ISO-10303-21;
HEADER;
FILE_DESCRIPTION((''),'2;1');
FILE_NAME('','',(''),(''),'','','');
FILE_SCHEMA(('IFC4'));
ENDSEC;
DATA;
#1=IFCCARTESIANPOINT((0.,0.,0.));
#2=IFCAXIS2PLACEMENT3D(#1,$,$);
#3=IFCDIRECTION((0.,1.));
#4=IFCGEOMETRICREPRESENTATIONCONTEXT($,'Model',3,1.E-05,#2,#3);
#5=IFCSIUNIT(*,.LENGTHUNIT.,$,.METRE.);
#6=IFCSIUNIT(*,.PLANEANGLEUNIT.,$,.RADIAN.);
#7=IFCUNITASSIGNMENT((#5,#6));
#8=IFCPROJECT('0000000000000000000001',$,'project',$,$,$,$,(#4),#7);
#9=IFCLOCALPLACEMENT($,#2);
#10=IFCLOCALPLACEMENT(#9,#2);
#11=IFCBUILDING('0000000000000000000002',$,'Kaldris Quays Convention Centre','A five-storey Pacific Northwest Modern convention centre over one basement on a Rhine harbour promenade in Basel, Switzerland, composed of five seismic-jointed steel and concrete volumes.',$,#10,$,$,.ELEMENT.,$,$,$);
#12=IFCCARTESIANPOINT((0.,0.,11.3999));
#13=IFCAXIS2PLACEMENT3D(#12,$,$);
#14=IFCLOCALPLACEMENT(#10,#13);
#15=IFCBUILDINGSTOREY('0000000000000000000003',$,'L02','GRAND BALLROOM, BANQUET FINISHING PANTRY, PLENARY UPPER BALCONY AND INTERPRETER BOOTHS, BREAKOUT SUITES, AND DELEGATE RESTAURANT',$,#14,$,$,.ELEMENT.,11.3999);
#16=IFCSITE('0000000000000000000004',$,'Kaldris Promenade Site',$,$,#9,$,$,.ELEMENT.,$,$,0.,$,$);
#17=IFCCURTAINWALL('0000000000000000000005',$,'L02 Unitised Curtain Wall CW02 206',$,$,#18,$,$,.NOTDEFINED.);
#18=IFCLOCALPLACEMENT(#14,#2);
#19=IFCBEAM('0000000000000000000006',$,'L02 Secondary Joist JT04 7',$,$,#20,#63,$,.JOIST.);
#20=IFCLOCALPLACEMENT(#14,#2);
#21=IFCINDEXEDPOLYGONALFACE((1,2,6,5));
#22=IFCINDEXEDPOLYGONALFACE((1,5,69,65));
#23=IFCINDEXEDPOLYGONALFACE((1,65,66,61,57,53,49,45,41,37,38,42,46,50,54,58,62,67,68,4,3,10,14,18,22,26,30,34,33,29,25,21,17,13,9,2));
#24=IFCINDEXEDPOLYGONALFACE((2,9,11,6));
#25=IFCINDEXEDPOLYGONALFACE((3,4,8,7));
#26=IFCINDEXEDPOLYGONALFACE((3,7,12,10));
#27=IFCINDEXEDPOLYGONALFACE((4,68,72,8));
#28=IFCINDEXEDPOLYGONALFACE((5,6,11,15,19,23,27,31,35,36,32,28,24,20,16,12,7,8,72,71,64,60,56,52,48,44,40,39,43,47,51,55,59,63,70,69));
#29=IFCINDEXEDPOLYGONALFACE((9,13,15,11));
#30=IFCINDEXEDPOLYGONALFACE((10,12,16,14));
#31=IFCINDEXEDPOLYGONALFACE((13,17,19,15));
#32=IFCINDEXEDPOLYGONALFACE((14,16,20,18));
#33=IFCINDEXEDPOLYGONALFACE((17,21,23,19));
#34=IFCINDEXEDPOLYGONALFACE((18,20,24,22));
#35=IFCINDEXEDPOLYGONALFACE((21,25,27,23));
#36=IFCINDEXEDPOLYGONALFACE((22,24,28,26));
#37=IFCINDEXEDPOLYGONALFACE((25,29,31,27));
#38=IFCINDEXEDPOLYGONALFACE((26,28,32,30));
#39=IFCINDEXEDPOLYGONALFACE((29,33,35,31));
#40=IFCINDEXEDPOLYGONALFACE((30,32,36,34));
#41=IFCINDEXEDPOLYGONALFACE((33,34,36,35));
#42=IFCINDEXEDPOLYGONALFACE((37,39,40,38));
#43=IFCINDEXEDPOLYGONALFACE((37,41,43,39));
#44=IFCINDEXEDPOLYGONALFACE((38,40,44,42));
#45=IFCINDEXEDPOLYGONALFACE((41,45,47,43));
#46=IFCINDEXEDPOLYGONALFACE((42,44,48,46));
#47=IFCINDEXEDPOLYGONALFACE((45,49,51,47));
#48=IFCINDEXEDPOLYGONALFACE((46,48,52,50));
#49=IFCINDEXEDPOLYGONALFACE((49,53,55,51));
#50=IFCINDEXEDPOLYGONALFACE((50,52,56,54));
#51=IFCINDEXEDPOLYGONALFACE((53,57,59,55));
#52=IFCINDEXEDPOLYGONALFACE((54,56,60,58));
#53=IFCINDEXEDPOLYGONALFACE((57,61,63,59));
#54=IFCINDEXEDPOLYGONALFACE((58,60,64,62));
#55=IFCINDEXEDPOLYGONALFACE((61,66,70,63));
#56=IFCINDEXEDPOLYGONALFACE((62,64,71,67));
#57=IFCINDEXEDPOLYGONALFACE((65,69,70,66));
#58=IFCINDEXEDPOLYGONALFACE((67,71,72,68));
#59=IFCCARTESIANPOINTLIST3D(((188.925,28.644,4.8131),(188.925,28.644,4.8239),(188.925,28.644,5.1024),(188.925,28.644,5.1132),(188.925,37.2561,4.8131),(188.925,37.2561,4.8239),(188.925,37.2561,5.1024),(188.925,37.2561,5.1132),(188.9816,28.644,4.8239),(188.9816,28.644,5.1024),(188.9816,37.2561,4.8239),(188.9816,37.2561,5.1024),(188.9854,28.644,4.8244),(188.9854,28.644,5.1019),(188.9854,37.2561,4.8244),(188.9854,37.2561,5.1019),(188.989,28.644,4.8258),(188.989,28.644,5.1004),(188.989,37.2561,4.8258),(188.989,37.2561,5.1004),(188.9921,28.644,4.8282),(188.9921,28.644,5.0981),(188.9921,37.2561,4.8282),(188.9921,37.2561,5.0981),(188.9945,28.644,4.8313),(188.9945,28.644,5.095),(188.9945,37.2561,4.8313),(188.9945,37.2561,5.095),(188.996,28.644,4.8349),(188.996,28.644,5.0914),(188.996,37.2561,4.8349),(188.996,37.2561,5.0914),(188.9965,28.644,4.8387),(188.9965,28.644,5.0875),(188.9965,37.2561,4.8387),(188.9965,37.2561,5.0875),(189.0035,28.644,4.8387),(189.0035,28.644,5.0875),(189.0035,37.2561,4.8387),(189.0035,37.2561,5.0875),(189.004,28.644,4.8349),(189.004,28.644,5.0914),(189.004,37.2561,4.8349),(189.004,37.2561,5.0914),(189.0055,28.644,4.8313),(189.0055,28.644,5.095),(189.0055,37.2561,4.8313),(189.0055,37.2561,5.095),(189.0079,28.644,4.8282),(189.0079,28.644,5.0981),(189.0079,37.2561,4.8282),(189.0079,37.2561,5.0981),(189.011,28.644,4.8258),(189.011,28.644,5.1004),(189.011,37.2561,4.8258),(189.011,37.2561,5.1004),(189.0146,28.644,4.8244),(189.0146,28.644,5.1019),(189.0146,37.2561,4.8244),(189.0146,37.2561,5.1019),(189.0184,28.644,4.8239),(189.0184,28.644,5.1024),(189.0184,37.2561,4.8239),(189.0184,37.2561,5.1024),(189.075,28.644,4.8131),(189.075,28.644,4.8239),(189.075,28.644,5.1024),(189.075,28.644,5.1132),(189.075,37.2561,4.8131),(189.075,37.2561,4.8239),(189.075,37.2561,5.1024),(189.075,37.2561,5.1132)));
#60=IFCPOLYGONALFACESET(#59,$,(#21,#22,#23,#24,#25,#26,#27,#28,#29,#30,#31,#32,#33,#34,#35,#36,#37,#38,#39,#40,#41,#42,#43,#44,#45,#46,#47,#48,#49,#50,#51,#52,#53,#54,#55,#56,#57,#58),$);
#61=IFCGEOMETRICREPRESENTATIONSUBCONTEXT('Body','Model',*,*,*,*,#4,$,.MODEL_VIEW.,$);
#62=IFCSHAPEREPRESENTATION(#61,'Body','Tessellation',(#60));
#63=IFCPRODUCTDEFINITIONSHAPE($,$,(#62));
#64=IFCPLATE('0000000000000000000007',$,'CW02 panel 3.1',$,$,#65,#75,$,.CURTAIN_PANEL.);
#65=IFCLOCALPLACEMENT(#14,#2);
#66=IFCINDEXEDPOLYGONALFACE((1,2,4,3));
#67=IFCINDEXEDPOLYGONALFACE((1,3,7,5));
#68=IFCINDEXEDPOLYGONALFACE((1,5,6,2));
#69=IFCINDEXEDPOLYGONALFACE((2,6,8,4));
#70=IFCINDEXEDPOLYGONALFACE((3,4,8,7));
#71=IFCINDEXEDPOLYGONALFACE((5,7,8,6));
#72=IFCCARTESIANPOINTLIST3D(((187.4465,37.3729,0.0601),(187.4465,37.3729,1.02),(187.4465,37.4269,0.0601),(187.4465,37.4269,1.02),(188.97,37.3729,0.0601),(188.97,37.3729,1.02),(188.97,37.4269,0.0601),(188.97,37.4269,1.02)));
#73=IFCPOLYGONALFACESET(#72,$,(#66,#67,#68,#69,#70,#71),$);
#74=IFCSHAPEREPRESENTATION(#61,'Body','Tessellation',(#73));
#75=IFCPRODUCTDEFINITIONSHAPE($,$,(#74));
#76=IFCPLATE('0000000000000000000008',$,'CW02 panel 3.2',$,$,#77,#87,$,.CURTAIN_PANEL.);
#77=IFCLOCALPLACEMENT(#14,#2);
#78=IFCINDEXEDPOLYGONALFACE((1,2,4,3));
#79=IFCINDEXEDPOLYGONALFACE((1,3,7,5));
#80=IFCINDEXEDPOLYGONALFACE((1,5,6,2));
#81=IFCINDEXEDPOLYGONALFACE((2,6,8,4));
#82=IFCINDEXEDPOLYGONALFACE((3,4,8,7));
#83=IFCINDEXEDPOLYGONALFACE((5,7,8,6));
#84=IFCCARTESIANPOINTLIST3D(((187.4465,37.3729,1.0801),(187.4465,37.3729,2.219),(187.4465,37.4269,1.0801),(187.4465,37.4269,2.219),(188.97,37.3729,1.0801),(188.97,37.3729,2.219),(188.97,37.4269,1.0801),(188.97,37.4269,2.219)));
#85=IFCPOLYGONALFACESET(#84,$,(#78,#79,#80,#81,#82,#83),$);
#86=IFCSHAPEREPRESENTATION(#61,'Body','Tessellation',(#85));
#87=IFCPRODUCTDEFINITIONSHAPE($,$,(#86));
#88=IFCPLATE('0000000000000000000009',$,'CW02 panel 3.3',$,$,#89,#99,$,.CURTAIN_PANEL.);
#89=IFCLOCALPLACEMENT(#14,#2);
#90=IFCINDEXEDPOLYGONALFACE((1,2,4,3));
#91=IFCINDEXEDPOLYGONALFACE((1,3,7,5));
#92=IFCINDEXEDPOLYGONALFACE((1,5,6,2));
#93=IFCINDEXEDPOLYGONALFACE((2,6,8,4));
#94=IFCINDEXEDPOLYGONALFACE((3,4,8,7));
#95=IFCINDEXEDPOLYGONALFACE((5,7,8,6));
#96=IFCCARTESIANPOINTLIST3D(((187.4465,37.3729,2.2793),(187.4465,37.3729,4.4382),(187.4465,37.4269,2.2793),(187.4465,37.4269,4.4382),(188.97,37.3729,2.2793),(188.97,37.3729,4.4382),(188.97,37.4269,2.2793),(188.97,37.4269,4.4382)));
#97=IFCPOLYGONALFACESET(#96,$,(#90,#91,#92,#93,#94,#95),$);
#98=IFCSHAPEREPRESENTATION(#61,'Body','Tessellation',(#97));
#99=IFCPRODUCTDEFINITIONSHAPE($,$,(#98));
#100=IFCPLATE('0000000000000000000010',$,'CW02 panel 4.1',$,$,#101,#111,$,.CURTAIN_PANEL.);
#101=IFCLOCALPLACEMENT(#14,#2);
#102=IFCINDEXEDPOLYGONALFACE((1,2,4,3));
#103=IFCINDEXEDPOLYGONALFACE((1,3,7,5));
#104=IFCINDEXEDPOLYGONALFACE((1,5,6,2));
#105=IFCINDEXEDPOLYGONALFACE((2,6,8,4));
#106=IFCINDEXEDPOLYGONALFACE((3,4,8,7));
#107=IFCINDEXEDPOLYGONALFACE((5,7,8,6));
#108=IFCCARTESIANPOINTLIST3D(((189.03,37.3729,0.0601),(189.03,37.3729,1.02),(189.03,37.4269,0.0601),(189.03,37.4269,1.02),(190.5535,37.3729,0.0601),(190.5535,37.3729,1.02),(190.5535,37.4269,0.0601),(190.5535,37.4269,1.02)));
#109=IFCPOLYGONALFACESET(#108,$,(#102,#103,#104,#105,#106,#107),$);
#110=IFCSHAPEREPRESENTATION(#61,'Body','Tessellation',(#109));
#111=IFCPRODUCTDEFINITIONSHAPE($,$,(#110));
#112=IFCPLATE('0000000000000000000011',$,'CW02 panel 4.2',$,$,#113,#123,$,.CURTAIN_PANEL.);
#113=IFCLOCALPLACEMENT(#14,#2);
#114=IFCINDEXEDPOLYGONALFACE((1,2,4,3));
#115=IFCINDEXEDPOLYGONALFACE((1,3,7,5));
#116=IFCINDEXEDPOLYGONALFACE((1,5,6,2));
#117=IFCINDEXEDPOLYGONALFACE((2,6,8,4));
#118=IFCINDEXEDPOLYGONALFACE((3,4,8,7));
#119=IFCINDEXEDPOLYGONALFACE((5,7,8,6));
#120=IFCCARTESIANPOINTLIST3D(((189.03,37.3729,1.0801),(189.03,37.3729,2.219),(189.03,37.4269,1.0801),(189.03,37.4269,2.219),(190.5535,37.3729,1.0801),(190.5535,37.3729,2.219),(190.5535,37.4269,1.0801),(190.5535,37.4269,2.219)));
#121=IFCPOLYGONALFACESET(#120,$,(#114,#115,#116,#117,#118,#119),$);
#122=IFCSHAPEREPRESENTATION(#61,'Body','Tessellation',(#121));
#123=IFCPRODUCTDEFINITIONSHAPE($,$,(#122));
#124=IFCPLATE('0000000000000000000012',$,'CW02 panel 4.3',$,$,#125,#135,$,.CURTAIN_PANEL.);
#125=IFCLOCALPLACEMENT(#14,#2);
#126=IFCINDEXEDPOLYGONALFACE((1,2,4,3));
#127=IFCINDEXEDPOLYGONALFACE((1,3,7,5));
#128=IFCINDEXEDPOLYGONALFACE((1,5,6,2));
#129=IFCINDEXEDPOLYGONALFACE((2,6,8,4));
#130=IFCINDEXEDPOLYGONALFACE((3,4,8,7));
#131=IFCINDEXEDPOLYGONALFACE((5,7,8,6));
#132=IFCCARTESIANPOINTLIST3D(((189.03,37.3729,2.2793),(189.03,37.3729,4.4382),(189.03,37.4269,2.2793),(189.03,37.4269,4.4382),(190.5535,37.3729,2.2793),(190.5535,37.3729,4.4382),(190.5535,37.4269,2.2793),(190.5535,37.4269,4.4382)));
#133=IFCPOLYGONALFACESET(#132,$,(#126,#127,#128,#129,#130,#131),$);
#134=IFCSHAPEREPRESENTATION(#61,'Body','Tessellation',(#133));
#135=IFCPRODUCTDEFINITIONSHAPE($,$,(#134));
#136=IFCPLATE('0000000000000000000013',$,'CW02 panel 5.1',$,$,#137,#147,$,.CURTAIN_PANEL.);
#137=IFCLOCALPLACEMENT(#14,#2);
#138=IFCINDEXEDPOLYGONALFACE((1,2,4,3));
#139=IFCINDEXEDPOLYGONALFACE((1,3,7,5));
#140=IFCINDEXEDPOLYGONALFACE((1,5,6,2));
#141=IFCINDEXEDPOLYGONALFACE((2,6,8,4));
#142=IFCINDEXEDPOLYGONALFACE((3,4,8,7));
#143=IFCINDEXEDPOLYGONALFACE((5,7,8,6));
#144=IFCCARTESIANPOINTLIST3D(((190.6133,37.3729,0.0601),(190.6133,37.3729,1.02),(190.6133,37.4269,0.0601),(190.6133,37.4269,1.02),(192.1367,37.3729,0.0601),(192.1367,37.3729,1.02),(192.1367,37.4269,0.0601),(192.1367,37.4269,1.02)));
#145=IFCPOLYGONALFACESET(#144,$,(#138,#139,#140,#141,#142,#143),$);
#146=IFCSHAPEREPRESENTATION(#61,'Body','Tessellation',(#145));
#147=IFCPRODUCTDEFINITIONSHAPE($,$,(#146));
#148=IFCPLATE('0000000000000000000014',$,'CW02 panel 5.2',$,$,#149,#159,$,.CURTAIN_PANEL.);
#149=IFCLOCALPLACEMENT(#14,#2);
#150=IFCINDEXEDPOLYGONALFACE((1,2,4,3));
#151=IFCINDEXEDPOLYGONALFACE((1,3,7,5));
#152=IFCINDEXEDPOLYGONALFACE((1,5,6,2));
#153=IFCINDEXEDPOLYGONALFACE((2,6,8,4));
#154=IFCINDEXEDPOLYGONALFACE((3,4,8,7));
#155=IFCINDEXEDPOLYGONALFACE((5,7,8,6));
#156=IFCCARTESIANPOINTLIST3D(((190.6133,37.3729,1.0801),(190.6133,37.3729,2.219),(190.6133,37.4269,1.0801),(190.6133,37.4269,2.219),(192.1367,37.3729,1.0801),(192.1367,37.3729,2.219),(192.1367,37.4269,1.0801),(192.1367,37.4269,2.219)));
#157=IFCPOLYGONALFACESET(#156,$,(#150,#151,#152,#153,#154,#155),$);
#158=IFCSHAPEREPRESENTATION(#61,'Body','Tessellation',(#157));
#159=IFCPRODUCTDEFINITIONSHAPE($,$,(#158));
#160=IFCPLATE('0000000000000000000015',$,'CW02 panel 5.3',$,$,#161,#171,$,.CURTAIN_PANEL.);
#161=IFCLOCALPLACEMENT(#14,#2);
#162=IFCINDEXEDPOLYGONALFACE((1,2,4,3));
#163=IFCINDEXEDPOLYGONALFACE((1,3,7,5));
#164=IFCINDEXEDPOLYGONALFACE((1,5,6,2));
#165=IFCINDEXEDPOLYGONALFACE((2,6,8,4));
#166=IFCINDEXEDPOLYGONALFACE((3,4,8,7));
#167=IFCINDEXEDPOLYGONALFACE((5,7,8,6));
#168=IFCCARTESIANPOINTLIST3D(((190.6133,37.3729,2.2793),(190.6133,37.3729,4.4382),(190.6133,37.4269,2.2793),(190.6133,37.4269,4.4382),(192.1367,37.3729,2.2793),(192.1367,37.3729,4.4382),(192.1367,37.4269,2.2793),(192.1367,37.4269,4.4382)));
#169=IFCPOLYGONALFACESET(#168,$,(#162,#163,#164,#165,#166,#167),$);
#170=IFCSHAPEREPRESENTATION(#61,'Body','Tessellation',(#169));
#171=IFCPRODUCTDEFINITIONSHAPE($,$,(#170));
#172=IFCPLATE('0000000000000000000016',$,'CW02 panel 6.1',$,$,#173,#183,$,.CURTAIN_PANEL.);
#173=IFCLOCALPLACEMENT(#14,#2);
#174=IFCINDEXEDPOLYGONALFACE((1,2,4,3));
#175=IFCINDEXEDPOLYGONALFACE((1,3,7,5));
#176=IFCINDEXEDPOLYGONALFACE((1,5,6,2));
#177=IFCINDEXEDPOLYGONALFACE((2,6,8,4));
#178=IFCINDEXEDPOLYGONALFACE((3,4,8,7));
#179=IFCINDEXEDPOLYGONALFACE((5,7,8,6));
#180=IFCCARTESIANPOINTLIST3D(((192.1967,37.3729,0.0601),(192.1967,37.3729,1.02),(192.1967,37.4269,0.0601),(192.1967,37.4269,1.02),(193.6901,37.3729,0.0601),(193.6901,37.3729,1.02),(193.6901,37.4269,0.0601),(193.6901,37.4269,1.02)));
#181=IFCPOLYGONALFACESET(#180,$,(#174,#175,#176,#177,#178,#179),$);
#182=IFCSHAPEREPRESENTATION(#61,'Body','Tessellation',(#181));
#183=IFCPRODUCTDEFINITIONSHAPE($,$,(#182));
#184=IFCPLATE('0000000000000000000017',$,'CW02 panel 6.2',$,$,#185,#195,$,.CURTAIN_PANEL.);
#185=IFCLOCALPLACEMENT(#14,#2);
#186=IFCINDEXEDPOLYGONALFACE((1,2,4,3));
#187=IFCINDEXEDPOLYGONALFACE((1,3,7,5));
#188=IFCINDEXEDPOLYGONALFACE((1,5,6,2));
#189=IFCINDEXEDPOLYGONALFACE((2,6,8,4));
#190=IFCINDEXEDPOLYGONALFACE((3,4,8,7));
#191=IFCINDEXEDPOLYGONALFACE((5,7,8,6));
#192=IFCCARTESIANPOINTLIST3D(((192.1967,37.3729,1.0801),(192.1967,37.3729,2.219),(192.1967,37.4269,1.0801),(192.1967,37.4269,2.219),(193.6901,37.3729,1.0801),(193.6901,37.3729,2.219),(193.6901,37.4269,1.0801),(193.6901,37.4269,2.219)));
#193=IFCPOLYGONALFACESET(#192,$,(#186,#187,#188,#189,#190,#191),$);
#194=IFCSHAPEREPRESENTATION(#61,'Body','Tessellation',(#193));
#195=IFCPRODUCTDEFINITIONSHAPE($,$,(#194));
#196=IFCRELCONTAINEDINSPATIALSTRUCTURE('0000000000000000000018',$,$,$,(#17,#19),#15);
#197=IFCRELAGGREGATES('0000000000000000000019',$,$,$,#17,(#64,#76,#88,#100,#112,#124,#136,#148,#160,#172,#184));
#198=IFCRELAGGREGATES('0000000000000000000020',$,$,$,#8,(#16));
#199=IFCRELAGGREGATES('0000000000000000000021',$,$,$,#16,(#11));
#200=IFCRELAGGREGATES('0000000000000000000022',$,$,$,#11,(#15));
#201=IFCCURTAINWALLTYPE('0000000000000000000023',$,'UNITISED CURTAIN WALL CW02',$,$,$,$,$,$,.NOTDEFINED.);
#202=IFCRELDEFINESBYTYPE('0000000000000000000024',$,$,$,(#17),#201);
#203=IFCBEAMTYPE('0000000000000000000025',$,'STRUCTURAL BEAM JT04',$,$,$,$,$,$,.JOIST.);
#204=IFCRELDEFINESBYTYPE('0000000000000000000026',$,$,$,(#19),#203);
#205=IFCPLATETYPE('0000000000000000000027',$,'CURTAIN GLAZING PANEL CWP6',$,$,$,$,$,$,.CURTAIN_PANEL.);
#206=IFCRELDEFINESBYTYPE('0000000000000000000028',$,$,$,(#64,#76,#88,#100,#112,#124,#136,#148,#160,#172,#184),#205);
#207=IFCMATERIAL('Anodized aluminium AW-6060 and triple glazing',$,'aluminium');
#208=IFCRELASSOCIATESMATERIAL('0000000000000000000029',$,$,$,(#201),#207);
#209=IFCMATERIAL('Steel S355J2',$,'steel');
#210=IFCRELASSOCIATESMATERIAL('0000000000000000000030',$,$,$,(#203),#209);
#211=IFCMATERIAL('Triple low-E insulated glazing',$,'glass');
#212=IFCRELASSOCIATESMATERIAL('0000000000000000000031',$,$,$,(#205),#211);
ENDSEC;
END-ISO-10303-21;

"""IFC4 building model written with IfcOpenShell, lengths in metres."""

from ifc_helpers import new_model, si_unit, direction, frame, origin, origin_2d, place, context, subcontext, project, spatial, rectangle, i_section, extrude, material, material_profile, profile_set, type_object, element, aggregate, save


model = new_model("IFC4")

# Units and contexts
model_context = context("Model", 3, precision=1e-05, world=origin(), true_north=direction((0.0, 1.0)))
body_context = subcontext(model_context, "Body", "Model", "MODEL_VIEW")
ifc_project = project(units=[si_unit("LENGTHUNIT", "METRE"), si_unit("PLANEANGLEUNIT", "RADIAN")], contexts=[model_context])

# Site, building, storey
site_placement = place(None, origin())
site = spatial("IfcSite", under=ifc_project, at=site_placement, Name="Kaldris Promenade Site", CompositionType="ELEMENT", RefElevation=0.0)
building_placement = place(site_placement, origin())
building = spatial("IfcBuilding", under=site, at=building_placement, Name="Kaldris Quays Convention Centre", Description="A five-storey Pacific Northwest Modern convention centre over one basement on a Rhine harbour promenade in Basel, Switzerland, composed of five seismic-jointed steel and concrete volumes.", CompositionType="ELEMENT")
storey_placement = place(building_placement, frame((0.0, 0.0, 11.3999)))
storey = spatial("IfcBuildingStorey", under=building, at=storey_placement, Name="L02", Description="GRAND BALLROOM, BANQUET FINISHING PANTRY, PLENARY UPPER BALCONY AND INTERPRETER BOOTHS, BREAKOUT SUITES, AND DELEGATE RESTAURANT", CompositionType="ELEMENT", Elevation=11.3999)

# Curtain wall
ifc_material_1 = material(Name="Anodized aluminium AW-6060 and triple glazing", Category="aluminium")
curtain_wall_type = type_object("IfcCurtainWallType", Name="UNITISED CURTAIN WALL CW02", PredefinedType="NOTDEFINED", material=ifc_material_1)
curtain_wall_placement = place(storey_placement, origin())
curtain_wall = element("IfcCurtainWall", 1, at=curtain_wall_placement, inside=storey, type_object=curtain_wall_type, Name="L02 Unitised Curtain Wall CW02 206", PredefinedType="NOTDEFINED")

# Beam
ifc_material_2 = material(Name="Steel S355J2", Category="steel")
ifc_material_profile_1 = material_profile(ifc_material_2, i_section(OverallWidth=0.1499, OverallDepth=0.3, WebThickness=0.0071, FlangeThickness=0.0107, FilletRadius=0.0149, at=origin_2d()), Name="IPE 300")
ifc_profile_set_1 = profile_set([ifc_material_profile_1], Name="Steel S355J2")
beam_type = type_object("IfcBeamType", Name="STRUCTURAL BEAM JT04", PredefinedType="JOIST", material=ifc_profile_set_1)
beam_placement = place(storey_placement, frame((189.0, 28.644, 4.9631), z_axis=(0.0, 1.0, 0.0), x_axis=(-1.0, 0.0, 0.0)))
element("IfcBeam", 2, at=beam_placement, inside=storey, type_object=beam_type, Name="L02 Secondary Joist JT04 7", PredefinedType="JOIST", context=body_context, shape_type="SweptSolid", body=[
    extrude(i_section(OverallWidth=0.1499, OverallDepth=0.3, WebThickness=0.0071, FlangeThickness=0.0107, FilletRadius=0.0149, at=origin_2d()), origin(), (0.0, 0.0, 1.0), 8.6121),
])

# Plates
ifc_material_3 = material(Name="Triple low-E insulated glazing", Category="glass")
plate_type = type_object("IfcPlateType", Name="CURTAIN GLAZING PANEL CWP6", PredefinedType="CURTAIN_PANEL", material=ifc_material_3)
plate_1_placement = place(storey_placement, frame((188.2083, 37.3999, 0.0601), z_axis=(0.0, 0.0, 1.0), x_axis=(1.0, 0.0, 0.0)))
plate_1 = element("IfcPlate", 3, at=plate_1_placement, type_object=plate_type, Name="CW02 panel 3.1", PredefinedType="CURTAIN_PANEL", context=body_context, shape_type="SweptSolid", body=[
    extrude(rectangle(XDim=1.5234, YDim=0.054, at=origin_2d()), origin(), (0.0, 0.0, 1.0), 0.96),
])
plate_2_placement = place(storey_placement, frame((188.2083, 37.3999, 1.0801), z_axis=(0.0, 0.0, 1.0), x_axis=(1.0, 0.0, 0.0)))
plate_2 = element("IfcPlate", 4, at=plate_2_placement, type_object=plate_type, Name="CW02 panel 3.2", PredefinedType="CURTAIN_PANEL", context=body_context, shape_type="SweptSolid", body=[
    extrude(rectangle(XDim=1.5234, YDim=0.054, at=origin_2d()), origin(), (0.0, 0.0, 1.0), 1.1389),
])
plate_3_placement = place(storey_placement, frame((188.2083, 37.3999, 2.2793), z_axis=(0.0, 0.0, 1.0), x_axis=(1.0, 0.0, 0.0)))
plate_3 = element("IfcPlate", 5, at=plate_3_placement, type_object=plate_type, Name="CW02 panel 3.3", PredefinedType="CURTAIN_PANEL", context=body_context, shape_type="SweptSolid", body=[
    extrude(rectangle(XDim=1.5234, YDim=0.054, at=origin_2d()), origin(), (0.0, 0.0, 1.0), 2.1589),
])
plate_4_placement = place(storey_placement, frame((189.7917, 37.3999, 0.0601), z_axis=(0.0, 0.0, 1.0), x_axis=(1.0, 0.0, 0.0)))
plate_4 = element("IfcPlate", 6, at=plate_4_placement, type_object=plate_type, Name="CW02 panel 4.1", PredefinedType="CURTAIN_PANEL", context=body_context, shape_type="SweptSolid", body=[
    extrude(rectangle(XDim=1.5234, YDim=0.054, at=origin_2d()), origin(), (0.0, 0.0, 1.0), 0.96),
])
plate_5_placement = place(storey_placement, frame((189.7917, 37.3999, 1.0801), z_axis=(0.0, 0.0, 1.0), x_axis=(1.0, 0.0, 0.0)))
plate_5 = element("IfcPlate", 7, at=plate_5_placement, type_object=plate_type, Name="CW02 panel 4.2", PredefinedType="CURTAIN_PANEL", context=body_context, shape_type="SweptSolid", body=[
    extrude(rectangle(XDim=1.5234, YDim=0.054, at=origin_2d()), origin(), (0.0, 0.0, 1.0), 1.1389),
])
plate_6_placement = place(storey_placement, frame((189.7917, 37.3999, 2.2793), z_axis=(0.0, 0.0, 1.0), x_axis=(1.0, 0.0, 0.0)))
plate_6 = element("IfcPlate", 8, at=plate_6_placement, type_object=plate_type, Name="CW02 panel 4.3", PredefinedType="CURTAIN_PANEL", context=body_context, shape_type="SweptSolid", body=[
    extrude(rectangle(XDim=1.5234, YDim=0.054, at=origin_2d()), origin(), (0.0, 0.0, 1.0), 2.1589),
])
plate_7_placement = place(storey_placement, frame((191.375, 37.3999, 0.0601), z_axis=(0.0, 0.0, 1.0), x_axis=(1.0, 0.0, 0.0)))
plate_7 = element("IfcPlate", 9, at=plate_7_placement, type_object=plate_type, Name="CW02 panel 5.1", PredefinedType="CURTAIN_PANEL", context=body_context, shape_type="SweptSolid", body=[
    extrude(rectangle(XDim=1.5234, YDim=0.054, at=origin_2d()), origin(), (0.0, 0.0, 1.0), 0.96),
])
plate_8_placement = place(storey_placement, frame((191.375, 37.3999, 1.0801), z_axis=(0.0, 0.0, 1.0), x_axis=(1.0, 0.0, 0.0)))
plate_8 = element("IfcPlate", 10, at=plate_8_placement, type_object=plate_type, Name="CW02 panel 5.2", PredefinedType="CURTAIN_PANEL", context=body_context, shape_type="SweptSolid", body=[
    extrude(rectangle(XDim=1.5234, YDim=0.054, at=origin_2d()), origin(), (0.0, 0.0, 1.0), 1.1389),
])
plate_9_placement = place(storey_placement, frame((191.375, 37.3999, 2.2793), z_axis=(0.0, 0.0, 1.0), x_axis=(1.0, 0.0, 0.0)))
plate_9 = element("IfcPlate", 11, at=plate_9_placement, type_object=plate_type, Name="CW02 panel 5.3", PredefinedType="CURTAIN_PANEL", context=body_context, shape_type="SweptSolid", body=[
    extrude(rectangle(XDim=1.5234, YDim=0.054, at=origin_2d()), origin(), (0.0, 0.0, 1.0), 2.1589),
])
plate_10_placement = place(storey_placement, frame((192.9434, 37.3999, 0.0601), z_axis=(0.0, 0.0, 1.0), x_axis=(1.0, 0.0, 0.0)))
plate_10 = element("IfcPlate", 12, at=plate_10_placement, type_object=plate_type, Name="CW02 panel 6.1", PredefinedType="CURTAIN_PANEL", context=body_context, shape_type="SweptSolid", body=[
    extrude(rectangle(XDim=1.4934, YDim=0.054, at=origin_2d()), origin(), (0.0, 0.0, 1.0), 0.96),
])
plate_11_placement = place(storey_placement, frame((192.9434, 37.3999, 1.0801), z_axis=(0.0, 0.0, 1.0), x_axis=(1.0, 0.0, 0.0)))
plate_11 = element("IfcPlate", 13, at=plate_11_placement, type_object=plate_type, Name="CW02 panel 6.2", PredefinedType="CURTAIN_PANEL", context=body_context, shape_type="SweptSolid", body=[
    extrude(rectangle(XDim=1.4934, YDim=0.054, at=origin_2d()), origin(), (0.0, 0.0, 1.0), 1.1389),
])
aggregate(curtain_wall, [plate_1, plate_2, plate_3, plate_4, plate_5, plate_6, plate_7, plate_8, plate_9, plate_10, plate_11])

save(model, "model.ifc")
